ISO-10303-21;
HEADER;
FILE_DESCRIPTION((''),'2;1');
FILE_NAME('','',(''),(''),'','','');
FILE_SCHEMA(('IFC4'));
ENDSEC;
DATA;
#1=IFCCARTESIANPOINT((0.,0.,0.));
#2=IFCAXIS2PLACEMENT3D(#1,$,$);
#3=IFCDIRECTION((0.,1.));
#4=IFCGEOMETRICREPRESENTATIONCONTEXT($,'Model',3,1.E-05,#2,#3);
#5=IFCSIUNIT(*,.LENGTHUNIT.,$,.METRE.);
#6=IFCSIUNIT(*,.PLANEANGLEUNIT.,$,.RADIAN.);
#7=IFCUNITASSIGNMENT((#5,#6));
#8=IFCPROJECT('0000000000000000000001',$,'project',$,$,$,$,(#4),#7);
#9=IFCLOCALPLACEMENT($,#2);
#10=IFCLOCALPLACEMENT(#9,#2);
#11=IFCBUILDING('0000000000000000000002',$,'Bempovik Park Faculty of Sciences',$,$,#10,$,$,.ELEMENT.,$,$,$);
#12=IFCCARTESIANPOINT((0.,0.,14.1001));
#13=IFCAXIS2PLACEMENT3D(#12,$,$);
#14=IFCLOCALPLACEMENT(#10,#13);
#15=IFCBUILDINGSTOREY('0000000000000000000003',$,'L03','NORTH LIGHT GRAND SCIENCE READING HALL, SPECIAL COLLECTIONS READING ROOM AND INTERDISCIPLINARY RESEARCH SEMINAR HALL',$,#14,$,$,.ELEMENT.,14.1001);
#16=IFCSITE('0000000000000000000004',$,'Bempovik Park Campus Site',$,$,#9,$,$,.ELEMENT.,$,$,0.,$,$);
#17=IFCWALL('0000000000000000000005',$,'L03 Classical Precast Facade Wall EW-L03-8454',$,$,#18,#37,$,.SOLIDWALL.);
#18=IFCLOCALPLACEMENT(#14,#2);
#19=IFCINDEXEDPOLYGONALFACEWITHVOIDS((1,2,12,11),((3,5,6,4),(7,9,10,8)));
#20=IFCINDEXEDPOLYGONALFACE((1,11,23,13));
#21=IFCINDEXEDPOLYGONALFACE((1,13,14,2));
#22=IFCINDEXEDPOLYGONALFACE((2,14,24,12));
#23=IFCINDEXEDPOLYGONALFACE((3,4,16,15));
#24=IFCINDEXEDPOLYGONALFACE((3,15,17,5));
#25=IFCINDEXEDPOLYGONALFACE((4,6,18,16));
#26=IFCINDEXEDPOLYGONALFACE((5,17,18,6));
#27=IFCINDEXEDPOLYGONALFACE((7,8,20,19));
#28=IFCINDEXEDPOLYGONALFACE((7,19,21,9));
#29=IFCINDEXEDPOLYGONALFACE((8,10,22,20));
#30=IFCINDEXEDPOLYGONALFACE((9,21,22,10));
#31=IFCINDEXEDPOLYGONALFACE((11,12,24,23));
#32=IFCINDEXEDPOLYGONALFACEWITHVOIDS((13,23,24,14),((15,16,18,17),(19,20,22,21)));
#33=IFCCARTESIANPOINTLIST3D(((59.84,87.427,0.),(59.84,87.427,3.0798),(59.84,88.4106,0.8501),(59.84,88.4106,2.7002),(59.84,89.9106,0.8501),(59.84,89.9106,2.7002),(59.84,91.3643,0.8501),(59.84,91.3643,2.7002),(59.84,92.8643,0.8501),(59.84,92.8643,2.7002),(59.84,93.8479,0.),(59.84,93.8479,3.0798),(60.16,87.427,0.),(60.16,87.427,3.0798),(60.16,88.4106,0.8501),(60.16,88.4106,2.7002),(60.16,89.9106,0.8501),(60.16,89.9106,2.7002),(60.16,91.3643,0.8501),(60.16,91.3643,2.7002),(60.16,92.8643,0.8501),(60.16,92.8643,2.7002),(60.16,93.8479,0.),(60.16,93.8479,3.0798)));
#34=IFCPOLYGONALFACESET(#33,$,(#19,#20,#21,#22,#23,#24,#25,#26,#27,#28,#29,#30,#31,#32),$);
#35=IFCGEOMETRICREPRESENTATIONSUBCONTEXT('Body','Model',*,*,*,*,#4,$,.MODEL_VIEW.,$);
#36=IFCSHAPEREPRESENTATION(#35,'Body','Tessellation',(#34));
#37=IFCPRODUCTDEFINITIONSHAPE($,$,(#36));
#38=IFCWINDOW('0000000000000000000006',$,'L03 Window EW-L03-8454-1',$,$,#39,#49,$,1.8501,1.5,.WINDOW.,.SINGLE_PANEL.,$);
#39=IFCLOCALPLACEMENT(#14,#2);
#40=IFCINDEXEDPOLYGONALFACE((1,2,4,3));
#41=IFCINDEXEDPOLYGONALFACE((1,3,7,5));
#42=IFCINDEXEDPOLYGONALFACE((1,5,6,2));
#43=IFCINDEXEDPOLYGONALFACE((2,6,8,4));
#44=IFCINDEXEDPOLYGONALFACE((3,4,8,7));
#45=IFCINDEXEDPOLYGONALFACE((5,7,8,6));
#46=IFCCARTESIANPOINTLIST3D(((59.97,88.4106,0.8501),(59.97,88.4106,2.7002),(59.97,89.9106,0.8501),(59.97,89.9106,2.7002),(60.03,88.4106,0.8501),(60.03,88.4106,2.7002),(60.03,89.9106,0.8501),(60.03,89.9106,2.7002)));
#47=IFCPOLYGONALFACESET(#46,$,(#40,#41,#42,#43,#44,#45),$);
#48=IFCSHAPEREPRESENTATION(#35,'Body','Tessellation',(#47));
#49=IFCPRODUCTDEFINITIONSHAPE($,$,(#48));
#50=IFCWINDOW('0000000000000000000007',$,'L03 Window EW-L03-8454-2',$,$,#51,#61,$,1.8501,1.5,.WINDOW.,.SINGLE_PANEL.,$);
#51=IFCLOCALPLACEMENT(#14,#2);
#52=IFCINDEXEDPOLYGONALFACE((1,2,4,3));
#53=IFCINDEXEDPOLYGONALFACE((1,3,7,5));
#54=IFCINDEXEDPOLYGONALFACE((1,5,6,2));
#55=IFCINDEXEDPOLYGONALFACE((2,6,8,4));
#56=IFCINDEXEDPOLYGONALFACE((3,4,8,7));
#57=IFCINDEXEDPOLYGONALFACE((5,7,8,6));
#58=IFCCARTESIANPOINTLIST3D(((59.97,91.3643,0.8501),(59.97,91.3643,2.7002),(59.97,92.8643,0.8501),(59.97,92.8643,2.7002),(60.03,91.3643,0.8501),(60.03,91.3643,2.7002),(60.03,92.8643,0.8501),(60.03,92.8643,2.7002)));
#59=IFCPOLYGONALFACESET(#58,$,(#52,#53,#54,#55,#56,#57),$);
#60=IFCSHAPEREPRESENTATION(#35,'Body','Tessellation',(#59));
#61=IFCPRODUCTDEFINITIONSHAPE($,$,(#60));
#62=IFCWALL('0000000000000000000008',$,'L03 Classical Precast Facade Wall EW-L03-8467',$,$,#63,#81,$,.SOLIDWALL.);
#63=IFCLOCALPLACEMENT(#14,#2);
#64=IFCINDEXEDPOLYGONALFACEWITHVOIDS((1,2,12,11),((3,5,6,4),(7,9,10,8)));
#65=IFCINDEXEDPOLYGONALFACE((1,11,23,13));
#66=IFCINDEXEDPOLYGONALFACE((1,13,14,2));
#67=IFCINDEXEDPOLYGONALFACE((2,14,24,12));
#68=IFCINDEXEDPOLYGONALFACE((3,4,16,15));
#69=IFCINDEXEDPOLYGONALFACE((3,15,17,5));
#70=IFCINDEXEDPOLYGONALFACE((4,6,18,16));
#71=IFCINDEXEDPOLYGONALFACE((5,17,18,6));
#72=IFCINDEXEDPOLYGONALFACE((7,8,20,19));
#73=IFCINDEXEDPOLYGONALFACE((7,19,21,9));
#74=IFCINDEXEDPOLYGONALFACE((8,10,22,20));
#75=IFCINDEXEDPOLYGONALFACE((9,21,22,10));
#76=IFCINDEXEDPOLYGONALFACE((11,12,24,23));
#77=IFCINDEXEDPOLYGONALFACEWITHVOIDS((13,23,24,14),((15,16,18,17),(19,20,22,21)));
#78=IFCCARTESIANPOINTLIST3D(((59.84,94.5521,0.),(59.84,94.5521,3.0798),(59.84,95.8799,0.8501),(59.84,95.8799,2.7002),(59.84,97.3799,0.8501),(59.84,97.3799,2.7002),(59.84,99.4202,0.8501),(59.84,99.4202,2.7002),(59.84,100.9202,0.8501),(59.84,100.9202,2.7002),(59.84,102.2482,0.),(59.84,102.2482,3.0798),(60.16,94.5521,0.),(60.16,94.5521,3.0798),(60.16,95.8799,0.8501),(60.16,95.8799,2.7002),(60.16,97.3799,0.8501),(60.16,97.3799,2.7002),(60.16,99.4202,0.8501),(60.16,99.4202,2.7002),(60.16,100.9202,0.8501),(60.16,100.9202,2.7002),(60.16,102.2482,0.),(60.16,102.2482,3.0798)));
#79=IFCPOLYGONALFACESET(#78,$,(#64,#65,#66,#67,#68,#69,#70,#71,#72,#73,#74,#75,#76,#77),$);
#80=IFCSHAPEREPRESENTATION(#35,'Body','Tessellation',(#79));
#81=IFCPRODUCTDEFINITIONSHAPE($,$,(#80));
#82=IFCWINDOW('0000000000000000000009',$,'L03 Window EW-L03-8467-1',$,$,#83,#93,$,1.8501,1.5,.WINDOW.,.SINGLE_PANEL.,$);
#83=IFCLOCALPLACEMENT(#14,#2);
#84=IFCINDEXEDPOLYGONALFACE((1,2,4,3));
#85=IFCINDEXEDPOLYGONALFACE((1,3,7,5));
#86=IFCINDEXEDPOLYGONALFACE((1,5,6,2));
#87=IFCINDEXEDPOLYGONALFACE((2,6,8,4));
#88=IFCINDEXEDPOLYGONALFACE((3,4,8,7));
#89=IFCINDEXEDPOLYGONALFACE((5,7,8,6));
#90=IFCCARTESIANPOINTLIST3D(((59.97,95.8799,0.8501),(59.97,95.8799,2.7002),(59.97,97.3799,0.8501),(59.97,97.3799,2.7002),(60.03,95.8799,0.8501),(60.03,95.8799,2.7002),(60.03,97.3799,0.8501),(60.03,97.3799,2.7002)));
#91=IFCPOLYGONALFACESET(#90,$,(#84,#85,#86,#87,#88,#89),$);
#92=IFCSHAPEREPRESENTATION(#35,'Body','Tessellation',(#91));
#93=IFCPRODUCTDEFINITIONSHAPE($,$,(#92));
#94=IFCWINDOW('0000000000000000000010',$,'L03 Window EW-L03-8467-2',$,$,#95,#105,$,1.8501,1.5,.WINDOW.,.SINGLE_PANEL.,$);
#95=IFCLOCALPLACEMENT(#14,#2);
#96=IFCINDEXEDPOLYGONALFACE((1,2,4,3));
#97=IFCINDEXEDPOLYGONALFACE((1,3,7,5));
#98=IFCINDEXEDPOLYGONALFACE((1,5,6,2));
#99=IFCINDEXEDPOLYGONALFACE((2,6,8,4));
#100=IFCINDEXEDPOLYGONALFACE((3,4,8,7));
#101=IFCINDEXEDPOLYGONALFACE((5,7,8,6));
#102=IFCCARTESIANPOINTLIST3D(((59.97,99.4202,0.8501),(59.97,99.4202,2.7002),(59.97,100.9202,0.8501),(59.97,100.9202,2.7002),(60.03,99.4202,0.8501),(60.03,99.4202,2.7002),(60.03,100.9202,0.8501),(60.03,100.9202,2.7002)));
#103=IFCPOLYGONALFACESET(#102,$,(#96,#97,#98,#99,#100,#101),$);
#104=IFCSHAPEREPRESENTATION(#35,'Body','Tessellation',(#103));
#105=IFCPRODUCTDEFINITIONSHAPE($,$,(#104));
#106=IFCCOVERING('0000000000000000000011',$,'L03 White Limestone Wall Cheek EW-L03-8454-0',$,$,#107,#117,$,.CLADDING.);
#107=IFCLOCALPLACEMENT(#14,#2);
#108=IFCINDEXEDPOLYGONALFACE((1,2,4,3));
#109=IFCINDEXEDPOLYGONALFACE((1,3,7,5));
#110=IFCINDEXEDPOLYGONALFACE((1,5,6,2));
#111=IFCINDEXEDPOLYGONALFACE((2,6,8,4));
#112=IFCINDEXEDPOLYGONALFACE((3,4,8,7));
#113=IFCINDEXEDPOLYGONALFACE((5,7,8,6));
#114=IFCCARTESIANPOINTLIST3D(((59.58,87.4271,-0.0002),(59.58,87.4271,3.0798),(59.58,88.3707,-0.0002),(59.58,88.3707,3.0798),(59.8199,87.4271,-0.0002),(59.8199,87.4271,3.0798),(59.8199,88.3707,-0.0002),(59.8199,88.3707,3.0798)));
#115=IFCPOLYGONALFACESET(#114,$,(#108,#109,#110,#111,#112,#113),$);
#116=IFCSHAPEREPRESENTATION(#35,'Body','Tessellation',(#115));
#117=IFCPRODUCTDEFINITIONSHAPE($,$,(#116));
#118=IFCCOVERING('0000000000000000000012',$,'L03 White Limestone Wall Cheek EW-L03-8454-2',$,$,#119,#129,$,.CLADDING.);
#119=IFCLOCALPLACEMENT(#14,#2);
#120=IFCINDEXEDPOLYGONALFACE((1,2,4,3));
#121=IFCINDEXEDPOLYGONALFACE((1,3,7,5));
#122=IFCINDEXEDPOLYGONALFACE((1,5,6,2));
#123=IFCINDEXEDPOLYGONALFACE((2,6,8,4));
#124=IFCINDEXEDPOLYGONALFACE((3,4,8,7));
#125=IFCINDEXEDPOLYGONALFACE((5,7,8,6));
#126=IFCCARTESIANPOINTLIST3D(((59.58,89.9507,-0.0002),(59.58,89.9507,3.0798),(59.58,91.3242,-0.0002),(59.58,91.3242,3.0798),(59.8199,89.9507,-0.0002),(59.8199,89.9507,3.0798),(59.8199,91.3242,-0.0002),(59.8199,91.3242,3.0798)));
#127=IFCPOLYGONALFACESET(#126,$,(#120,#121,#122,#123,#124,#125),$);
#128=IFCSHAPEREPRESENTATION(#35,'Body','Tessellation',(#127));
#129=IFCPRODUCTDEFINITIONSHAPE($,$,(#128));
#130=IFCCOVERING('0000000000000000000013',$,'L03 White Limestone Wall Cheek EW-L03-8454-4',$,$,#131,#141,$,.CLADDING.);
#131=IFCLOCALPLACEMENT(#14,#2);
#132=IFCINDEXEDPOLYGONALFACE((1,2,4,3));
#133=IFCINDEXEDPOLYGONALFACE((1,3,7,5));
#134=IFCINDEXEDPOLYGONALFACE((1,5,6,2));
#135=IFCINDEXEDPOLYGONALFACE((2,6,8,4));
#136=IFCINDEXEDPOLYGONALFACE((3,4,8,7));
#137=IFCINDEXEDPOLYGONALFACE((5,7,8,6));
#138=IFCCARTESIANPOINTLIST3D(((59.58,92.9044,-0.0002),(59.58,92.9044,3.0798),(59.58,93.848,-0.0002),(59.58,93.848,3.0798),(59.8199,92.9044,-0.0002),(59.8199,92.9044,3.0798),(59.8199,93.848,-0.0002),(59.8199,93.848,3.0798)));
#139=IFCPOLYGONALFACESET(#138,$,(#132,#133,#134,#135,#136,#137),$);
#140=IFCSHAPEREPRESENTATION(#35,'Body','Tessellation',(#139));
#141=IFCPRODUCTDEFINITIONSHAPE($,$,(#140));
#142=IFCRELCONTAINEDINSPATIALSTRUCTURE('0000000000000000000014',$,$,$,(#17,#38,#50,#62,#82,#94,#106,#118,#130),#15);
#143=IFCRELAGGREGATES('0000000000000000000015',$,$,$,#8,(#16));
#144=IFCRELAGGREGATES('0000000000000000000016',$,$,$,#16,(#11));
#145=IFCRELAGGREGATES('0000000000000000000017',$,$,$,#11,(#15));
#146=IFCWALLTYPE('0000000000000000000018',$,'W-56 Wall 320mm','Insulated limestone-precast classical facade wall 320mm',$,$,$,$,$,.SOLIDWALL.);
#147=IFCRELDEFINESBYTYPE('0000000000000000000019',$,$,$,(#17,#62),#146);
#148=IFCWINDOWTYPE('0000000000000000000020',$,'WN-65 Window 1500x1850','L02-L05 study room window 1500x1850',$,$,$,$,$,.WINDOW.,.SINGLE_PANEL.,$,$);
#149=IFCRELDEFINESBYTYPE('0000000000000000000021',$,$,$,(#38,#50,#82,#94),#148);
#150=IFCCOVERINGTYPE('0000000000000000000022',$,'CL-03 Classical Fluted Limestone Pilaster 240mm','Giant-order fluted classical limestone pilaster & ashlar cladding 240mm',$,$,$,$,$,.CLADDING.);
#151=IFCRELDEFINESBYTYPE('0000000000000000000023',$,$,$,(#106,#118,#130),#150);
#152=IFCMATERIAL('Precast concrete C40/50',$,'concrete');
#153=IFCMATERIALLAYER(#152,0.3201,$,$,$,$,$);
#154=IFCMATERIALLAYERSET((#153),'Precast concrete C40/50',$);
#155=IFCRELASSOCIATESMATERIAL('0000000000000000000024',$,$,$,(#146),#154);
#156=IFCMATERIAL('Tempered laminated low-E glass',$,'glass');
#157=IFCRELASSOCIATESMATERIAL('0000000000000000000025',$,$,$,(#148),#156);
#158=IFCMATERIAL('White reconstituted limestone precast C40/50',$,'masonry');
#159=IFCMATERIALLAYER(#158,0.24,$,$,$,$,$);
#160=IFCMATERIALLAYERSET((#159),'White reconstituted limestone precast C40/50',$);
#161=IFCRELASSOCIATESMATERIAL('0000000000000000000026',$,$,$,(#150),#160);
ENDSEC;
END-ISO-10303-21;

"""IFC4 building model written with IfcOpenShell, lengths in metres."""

from ifc_helpers import new_model, si_unit, direction, frame, frame_2d, origin, origin_2d, place, context, subcontext, project, spatial, rectangle, extrude, material, layer, layer_set, type_object, element, fill, save


model = new_model("IFC4")

# Units and contexts
model_context = context("Model", 3, precision=1e-05, world=origin(), true_north=direction((0.0, 1.0)))
body_context = subcontext(model_context, "Body", "Model", "MODEL_VIEW")
ifc_project = project(units=[si_unit("LENGTHUNIT", "METRE"), si_unit("PLANEANGLEUNIT", "RADIAN")], contexts=[model_context])

# Site, building, storey
site_placement = place(None, origin())
site = spatial("IfcSite", under=ifc_project, at=site_placement, Name="Bempovik Park Campus Site", CompositionType="ELEMENT", RefElevation=0.0)
building_placement = place(site_placement, origin())
building = spatial("IfcBuilding", under=site, at=building_placement, Name="Bempovik Park Faculty of Sciences", CompositionType="ELEMENT")
storey_placement = place(building_placement, frame((0.0, 0.0, 14.1001)))
storey = spatial("IfcBuildingStorey", under=building, at=storey_placement, Name="L03", Description="NORTH LIGHT GRAND SCIENCE READING HALL, SPECIAL COLLECTIONS READING ROOM AND INTERDISCIPLINARY RESEARCH SEMINAR HALL", CompositionType="ELEMENT", Elevation=14.1001)

# Walls, openings, windows
ifc_material_1 = material(Name="Precast concrete C40/50", Category="concrete")
ifc_layer_1 = layer(ifc_material_1, 0.3201)
ifc_layer_set_1 = layer_set([ifc_layer_1], Name="Precast concrete C40/50")
wall_type = type_object("IfcWallType", Name="W-56 Wall 320mm", Description="Insulated limestone-precast classical facade wall 320mm", PredefinedType="SOLIDWALL", material=ifc_layer_set_1)
wall_1_placement = place(storey_placement, frame((60.0, 87.427, 0.0), z_axis=(0.0, 0.0, 1.0), x_axis=(0.0, 1.0, 0.0)))
wall_1 = element("IfcWall", 1, at=wall_1_placement, inside=storey, type_object=wall_type, Name="L03 Classical Precast Facade Wall EW-L03-8454", PredefinedType="SOLIDWALL", context=body_context, shape_type="SweptSolid", body=[
    extrude(rectangle(XDim=6.4209, YDim=0.3201, at=frame_2d((3.2104, 0.0))), origin(), (0.0, 0.0, 1.0), 3.0798),
])
opening_1_placement = place(wall_1_placement, frame((0.9836, 0.0, 0.8501)))
opening_1 = element("IfcOpeningElement", 2, at=opening_1_placement, cuts=wall_1, PredefinedType="OPENING", context=body_context, shape_type="SweptSolid", body=[
    extrude(rectangle(XDim=1.5, YDim=1.8501, at=frame_2d((0.75, 0.925))), frame((0.0, 0.1699, 0.0), z_axis=(0.0, -1.0, 0.0), x_axis=(1.0, 0.0, 0.0)), (0.0, 0.0, 1.0), 0.3401),
])
opening_2_placement = place(wall_1_placement, frame((3.9373, 0.0, 0.8501)))
opening_2 = element("IfcOpeningElement", 3, at=opening_2_placement, cuts=wall_1, PredefinedType="OPENING", context=body_context, shape_type="SweptSolid", body=[
    extrude(rectangle(XDim=1.5, YDim=1.8501, at=frame_2d((0.75, 0.925))), frame((0.0, 0.1699, 0.0), z_axis=(0.0, -1.0, 0.0), x_axis=(1.0, 0.0, 0.0)), (0.0, 0.0, 1.0), 0.3401),
])
ifc_material_2 = material(Name="Tempered laminated low-E glass", Category="glass")
window_type = type_object("IfcWindowType", Name="WN-65 Window 1500x1850", Description="L02-L05 study room window 1500x1850", PartitioningType="SINGLE_PANEL", PredefinedType="WINDOW", material=ifc_material_2)
window_1_placement = place(opening_1_placement, origin())
window_1 = element("IfcWindow", 4, at=window_1_placement, inside=storey, type_object=window_type, Name="L03 Window EW-L03-8454-1", OverallHeight=1.8501, OverallWidth=1.5, PartitioningType="SINGLE_PANEL", PredefinedType="WINDOW", context=body_context, shape_type="SweptSolid", body=[
    extrude(rectangle(XDim=1.5, YDim=1.8501, at=frame_2d((0.75, 0.925))), frame((0.0, 0.03, 0.0), z_axis=(0.0, -1.0, 0.0), x_axis=(1.0, 0.0, 0.0)), (0.0, 0.0, 1.0), 0.0601),
])
fill(opening_1, window_1)
window_2_placement = place(opening_2_placement, origin())
window_2 = element("IfcWindow", 5, at=window_2_placement, inside=storey, type_object=window_type, Name="L03 Window EW-L03-8454-2", OverallHeight=1.8501, OverallWidth=1.5, PartitioningType="SINGLE_PANEL", PredefinedType="WINDOW", context=body_context, shape_type="SweptSolid", body=[
    extrude(rectangle(XDim=1.5, YDim=1.8501, at=frame_2d((0.75, 0.925))), frame((0.0, 0.03, 0.0), z_axis=(0.0, -1.0, 0.0), x_axis=(1.0, 0.0, 0.0)), (0.0, 0.0, 1.0), 0.0601),
])
fill(opening_2, window_2)
wall_2_placement = place(storey_placement, frame((60.0, 94.552, 0.0), z_axis=(0.0, 0.0, 1.0), x_axis=(0.0, 1.0, 0.0)))
wall_2 = element("IfcWall", 6, at=wall_2_placement, inside=storey, type_object=wall_type, Name="L03 Classical Precast Facade Wall EW-L03-8467", PredefinedType="SOLIDWALL", context=body_context, shape_type="SweptSolid", body=[
    extrude(rectangle(XDim=7.696, YDim=0.3201, at=frame_2d((3.8481, 0.0))), origin(), (0.0, 0.0, 1.0), 3.0798),
])
opening_3_placement = place(wall_2_placement, frame((1.3279, 0.0, 0.8501)))
opening_3 = element("IfcOpeningElement", 7, at=opening_3_placement, cuts=wall_2, PredefinedType="OPENING", context=body_context, shape_type="SweptSolid", body=[
    extrude(rectangle(XDim=1.5, YDim=1.8501, at=frame_2d((0.75, 0.925))), frame((0.0, 0.1699, 0.0), z_axis=(0.0, -1.0, 0.0), x_axis=(1.0, 0.0, 0.0)), (0.0, 0.0, 1.0), 0.3401),
])
opening_4_placement = place(wall_2_placement, frame((4.8682, 0.0, 0.8501)))
opening_4 = element("IfcOpeningElement", 8, at=opening_4_placement, cuts=wall_2, PredefinedType="OPENING", context=body_context, shape_type="SweptSolid", body=[
    extrude(rectangle(XDim=1.5, YDim=1.8501, at=frame_2d((0.75, 0.925))), frame((0.0, 0.1699, 0.0), z_axis=(0.0, -1.0, 0.0), x_axis=(1.0, 0.0, 0.0)), (0.0, 0.0, 1.0), 0.3401),
])
window_3_placement = place(opening_3_placement, origin())
window_3 = element("IfcWindow", 9, at=window_3_placement, inside=storey, type_object=window_type, Name="L03 Window EW-L03-8467-1", OverallHeight=1.8501, OverallWidth=1.5, PartitioningType="SINGLE_PANEL", PredefinedType="WINDOW", context=body_context, shape_type="SweptSolid", body=[
    extrude(rectangle(XDim=1.5, YDim=1.8501, at=frame_2d((0.75, 0.925))), frame((0.0, 0.03, 0.0), z_axis=(0.0, -1.0, 0.0), x_axis=(1.0, 0.0, 0.0)), (0.0, 0.0, 1.0), 0.0601),
])
fill(opening_3, window_3)
window_4_placement = place(opening_4_placement, origin())
window_4 = element("IfcWindow", 10, at=window_4_placement, inside=storey, type_object=window_type, Name="L03 Window EW-L03-8467-2", OverallHeight=1.8501, OverallWidth=1.5, PartitioningType="SINGLE_PANEL", PredefinedType="WINDOW", context=body_context, shape_type="SweptSolid", body=[
    extrude(rectangle(XDim=1.5, YDim=1.8501, at=frame_2d((0.75, 0.925))), frame((0.0, 0.03, 0.0), z_axis=(0.0, -1.0, 0.0), x_axis=(1.0, 0.0, 0.0)), (0.0, 0.0, 1.0), 0.0601),
])
fill(opening_4, window_4)

# Coverings
ifc_material_3 = material(Name="White reconstituted limestone precast C40/50", Category="masonry")
ifc_layer_2 = layer(ifc_material_3, 0.24)
ifc_layer_set_2 = layer_set([ifc_layer_2], Name="White reconstituted limestone precast C40/50")
covering_type = type_object("IfcCoveringType", Name="CL-03 Classical Fluted Limestone Pilaster 240mm", Description="Giant-order fluted classical limestone pilaster & ashlar cladding 240mm", PredefinedType="CLADDING", material=ifc_layer_set_2)
covering_1_placement = place(storey_placement, frame((59.7, 87.8989, -0.0002), z_axis=(0.0, 0.0, 1.0), x_axis=(1.0, 0.0, 0.0)))
element("IfcCovering", 11, at=covering_1_placement, inside=storey, type_object=covering_type, Name="L03 White Limestone Wall Cheek EW-L03-8454-0", PredefinedType="CLADDING", context=body_context, shape_type="SweptSolid", body=[
    extrude(rectangle(XDim=0.24, YDim=0.9436, at=origin_2d()), origin(), (0.0, 0.0, 1.0), 3.0801),
])
covering_2_placement = place(storey_placement, frame((59.7, 90.6375, -0.0002), z_axis=(0.0, 0.0, 1.0), x_axis=(1.0, 0.0, 0.0)))
element("IfcCovering", 12, at=covering_2_placement, inside=storey, type_object=covering_type, Name="L03 White Limestone Wall Cheek EW-L03-8454-2", PredefinedType="CLADDING", context=body_context, shape_type="SweptSolid", body=[
    extrude(rectangle(XDim=0.24, YDim=1.3735, at=origin_2d()), origin(), (0.0, 0.0, 1.0), 3.0801),
])
covering_3_placement = place(storey_placement, frame((59.7, 93.3762, -0.0002), z_axis=(0.0, 0.0, 1.0), x_axis=(1.0, 0.0, 0.0)))
element("IfcCovering", 13, at=covering_3_placement, inside=storey, type_object=covering_type, Name="L03 White Limestone Wall Cheek EW-L03-8454-4", PredefinedType="CLADDING", context=body_context, shape_type="SweptSolid", body=[
    extrude(rectangle(XDim=0.24, YDim=0.9436, at=origin_2d()), origin(), (0.0, 0.0, 1.0), 3.0801),
])

save(model, "model.ifc")
